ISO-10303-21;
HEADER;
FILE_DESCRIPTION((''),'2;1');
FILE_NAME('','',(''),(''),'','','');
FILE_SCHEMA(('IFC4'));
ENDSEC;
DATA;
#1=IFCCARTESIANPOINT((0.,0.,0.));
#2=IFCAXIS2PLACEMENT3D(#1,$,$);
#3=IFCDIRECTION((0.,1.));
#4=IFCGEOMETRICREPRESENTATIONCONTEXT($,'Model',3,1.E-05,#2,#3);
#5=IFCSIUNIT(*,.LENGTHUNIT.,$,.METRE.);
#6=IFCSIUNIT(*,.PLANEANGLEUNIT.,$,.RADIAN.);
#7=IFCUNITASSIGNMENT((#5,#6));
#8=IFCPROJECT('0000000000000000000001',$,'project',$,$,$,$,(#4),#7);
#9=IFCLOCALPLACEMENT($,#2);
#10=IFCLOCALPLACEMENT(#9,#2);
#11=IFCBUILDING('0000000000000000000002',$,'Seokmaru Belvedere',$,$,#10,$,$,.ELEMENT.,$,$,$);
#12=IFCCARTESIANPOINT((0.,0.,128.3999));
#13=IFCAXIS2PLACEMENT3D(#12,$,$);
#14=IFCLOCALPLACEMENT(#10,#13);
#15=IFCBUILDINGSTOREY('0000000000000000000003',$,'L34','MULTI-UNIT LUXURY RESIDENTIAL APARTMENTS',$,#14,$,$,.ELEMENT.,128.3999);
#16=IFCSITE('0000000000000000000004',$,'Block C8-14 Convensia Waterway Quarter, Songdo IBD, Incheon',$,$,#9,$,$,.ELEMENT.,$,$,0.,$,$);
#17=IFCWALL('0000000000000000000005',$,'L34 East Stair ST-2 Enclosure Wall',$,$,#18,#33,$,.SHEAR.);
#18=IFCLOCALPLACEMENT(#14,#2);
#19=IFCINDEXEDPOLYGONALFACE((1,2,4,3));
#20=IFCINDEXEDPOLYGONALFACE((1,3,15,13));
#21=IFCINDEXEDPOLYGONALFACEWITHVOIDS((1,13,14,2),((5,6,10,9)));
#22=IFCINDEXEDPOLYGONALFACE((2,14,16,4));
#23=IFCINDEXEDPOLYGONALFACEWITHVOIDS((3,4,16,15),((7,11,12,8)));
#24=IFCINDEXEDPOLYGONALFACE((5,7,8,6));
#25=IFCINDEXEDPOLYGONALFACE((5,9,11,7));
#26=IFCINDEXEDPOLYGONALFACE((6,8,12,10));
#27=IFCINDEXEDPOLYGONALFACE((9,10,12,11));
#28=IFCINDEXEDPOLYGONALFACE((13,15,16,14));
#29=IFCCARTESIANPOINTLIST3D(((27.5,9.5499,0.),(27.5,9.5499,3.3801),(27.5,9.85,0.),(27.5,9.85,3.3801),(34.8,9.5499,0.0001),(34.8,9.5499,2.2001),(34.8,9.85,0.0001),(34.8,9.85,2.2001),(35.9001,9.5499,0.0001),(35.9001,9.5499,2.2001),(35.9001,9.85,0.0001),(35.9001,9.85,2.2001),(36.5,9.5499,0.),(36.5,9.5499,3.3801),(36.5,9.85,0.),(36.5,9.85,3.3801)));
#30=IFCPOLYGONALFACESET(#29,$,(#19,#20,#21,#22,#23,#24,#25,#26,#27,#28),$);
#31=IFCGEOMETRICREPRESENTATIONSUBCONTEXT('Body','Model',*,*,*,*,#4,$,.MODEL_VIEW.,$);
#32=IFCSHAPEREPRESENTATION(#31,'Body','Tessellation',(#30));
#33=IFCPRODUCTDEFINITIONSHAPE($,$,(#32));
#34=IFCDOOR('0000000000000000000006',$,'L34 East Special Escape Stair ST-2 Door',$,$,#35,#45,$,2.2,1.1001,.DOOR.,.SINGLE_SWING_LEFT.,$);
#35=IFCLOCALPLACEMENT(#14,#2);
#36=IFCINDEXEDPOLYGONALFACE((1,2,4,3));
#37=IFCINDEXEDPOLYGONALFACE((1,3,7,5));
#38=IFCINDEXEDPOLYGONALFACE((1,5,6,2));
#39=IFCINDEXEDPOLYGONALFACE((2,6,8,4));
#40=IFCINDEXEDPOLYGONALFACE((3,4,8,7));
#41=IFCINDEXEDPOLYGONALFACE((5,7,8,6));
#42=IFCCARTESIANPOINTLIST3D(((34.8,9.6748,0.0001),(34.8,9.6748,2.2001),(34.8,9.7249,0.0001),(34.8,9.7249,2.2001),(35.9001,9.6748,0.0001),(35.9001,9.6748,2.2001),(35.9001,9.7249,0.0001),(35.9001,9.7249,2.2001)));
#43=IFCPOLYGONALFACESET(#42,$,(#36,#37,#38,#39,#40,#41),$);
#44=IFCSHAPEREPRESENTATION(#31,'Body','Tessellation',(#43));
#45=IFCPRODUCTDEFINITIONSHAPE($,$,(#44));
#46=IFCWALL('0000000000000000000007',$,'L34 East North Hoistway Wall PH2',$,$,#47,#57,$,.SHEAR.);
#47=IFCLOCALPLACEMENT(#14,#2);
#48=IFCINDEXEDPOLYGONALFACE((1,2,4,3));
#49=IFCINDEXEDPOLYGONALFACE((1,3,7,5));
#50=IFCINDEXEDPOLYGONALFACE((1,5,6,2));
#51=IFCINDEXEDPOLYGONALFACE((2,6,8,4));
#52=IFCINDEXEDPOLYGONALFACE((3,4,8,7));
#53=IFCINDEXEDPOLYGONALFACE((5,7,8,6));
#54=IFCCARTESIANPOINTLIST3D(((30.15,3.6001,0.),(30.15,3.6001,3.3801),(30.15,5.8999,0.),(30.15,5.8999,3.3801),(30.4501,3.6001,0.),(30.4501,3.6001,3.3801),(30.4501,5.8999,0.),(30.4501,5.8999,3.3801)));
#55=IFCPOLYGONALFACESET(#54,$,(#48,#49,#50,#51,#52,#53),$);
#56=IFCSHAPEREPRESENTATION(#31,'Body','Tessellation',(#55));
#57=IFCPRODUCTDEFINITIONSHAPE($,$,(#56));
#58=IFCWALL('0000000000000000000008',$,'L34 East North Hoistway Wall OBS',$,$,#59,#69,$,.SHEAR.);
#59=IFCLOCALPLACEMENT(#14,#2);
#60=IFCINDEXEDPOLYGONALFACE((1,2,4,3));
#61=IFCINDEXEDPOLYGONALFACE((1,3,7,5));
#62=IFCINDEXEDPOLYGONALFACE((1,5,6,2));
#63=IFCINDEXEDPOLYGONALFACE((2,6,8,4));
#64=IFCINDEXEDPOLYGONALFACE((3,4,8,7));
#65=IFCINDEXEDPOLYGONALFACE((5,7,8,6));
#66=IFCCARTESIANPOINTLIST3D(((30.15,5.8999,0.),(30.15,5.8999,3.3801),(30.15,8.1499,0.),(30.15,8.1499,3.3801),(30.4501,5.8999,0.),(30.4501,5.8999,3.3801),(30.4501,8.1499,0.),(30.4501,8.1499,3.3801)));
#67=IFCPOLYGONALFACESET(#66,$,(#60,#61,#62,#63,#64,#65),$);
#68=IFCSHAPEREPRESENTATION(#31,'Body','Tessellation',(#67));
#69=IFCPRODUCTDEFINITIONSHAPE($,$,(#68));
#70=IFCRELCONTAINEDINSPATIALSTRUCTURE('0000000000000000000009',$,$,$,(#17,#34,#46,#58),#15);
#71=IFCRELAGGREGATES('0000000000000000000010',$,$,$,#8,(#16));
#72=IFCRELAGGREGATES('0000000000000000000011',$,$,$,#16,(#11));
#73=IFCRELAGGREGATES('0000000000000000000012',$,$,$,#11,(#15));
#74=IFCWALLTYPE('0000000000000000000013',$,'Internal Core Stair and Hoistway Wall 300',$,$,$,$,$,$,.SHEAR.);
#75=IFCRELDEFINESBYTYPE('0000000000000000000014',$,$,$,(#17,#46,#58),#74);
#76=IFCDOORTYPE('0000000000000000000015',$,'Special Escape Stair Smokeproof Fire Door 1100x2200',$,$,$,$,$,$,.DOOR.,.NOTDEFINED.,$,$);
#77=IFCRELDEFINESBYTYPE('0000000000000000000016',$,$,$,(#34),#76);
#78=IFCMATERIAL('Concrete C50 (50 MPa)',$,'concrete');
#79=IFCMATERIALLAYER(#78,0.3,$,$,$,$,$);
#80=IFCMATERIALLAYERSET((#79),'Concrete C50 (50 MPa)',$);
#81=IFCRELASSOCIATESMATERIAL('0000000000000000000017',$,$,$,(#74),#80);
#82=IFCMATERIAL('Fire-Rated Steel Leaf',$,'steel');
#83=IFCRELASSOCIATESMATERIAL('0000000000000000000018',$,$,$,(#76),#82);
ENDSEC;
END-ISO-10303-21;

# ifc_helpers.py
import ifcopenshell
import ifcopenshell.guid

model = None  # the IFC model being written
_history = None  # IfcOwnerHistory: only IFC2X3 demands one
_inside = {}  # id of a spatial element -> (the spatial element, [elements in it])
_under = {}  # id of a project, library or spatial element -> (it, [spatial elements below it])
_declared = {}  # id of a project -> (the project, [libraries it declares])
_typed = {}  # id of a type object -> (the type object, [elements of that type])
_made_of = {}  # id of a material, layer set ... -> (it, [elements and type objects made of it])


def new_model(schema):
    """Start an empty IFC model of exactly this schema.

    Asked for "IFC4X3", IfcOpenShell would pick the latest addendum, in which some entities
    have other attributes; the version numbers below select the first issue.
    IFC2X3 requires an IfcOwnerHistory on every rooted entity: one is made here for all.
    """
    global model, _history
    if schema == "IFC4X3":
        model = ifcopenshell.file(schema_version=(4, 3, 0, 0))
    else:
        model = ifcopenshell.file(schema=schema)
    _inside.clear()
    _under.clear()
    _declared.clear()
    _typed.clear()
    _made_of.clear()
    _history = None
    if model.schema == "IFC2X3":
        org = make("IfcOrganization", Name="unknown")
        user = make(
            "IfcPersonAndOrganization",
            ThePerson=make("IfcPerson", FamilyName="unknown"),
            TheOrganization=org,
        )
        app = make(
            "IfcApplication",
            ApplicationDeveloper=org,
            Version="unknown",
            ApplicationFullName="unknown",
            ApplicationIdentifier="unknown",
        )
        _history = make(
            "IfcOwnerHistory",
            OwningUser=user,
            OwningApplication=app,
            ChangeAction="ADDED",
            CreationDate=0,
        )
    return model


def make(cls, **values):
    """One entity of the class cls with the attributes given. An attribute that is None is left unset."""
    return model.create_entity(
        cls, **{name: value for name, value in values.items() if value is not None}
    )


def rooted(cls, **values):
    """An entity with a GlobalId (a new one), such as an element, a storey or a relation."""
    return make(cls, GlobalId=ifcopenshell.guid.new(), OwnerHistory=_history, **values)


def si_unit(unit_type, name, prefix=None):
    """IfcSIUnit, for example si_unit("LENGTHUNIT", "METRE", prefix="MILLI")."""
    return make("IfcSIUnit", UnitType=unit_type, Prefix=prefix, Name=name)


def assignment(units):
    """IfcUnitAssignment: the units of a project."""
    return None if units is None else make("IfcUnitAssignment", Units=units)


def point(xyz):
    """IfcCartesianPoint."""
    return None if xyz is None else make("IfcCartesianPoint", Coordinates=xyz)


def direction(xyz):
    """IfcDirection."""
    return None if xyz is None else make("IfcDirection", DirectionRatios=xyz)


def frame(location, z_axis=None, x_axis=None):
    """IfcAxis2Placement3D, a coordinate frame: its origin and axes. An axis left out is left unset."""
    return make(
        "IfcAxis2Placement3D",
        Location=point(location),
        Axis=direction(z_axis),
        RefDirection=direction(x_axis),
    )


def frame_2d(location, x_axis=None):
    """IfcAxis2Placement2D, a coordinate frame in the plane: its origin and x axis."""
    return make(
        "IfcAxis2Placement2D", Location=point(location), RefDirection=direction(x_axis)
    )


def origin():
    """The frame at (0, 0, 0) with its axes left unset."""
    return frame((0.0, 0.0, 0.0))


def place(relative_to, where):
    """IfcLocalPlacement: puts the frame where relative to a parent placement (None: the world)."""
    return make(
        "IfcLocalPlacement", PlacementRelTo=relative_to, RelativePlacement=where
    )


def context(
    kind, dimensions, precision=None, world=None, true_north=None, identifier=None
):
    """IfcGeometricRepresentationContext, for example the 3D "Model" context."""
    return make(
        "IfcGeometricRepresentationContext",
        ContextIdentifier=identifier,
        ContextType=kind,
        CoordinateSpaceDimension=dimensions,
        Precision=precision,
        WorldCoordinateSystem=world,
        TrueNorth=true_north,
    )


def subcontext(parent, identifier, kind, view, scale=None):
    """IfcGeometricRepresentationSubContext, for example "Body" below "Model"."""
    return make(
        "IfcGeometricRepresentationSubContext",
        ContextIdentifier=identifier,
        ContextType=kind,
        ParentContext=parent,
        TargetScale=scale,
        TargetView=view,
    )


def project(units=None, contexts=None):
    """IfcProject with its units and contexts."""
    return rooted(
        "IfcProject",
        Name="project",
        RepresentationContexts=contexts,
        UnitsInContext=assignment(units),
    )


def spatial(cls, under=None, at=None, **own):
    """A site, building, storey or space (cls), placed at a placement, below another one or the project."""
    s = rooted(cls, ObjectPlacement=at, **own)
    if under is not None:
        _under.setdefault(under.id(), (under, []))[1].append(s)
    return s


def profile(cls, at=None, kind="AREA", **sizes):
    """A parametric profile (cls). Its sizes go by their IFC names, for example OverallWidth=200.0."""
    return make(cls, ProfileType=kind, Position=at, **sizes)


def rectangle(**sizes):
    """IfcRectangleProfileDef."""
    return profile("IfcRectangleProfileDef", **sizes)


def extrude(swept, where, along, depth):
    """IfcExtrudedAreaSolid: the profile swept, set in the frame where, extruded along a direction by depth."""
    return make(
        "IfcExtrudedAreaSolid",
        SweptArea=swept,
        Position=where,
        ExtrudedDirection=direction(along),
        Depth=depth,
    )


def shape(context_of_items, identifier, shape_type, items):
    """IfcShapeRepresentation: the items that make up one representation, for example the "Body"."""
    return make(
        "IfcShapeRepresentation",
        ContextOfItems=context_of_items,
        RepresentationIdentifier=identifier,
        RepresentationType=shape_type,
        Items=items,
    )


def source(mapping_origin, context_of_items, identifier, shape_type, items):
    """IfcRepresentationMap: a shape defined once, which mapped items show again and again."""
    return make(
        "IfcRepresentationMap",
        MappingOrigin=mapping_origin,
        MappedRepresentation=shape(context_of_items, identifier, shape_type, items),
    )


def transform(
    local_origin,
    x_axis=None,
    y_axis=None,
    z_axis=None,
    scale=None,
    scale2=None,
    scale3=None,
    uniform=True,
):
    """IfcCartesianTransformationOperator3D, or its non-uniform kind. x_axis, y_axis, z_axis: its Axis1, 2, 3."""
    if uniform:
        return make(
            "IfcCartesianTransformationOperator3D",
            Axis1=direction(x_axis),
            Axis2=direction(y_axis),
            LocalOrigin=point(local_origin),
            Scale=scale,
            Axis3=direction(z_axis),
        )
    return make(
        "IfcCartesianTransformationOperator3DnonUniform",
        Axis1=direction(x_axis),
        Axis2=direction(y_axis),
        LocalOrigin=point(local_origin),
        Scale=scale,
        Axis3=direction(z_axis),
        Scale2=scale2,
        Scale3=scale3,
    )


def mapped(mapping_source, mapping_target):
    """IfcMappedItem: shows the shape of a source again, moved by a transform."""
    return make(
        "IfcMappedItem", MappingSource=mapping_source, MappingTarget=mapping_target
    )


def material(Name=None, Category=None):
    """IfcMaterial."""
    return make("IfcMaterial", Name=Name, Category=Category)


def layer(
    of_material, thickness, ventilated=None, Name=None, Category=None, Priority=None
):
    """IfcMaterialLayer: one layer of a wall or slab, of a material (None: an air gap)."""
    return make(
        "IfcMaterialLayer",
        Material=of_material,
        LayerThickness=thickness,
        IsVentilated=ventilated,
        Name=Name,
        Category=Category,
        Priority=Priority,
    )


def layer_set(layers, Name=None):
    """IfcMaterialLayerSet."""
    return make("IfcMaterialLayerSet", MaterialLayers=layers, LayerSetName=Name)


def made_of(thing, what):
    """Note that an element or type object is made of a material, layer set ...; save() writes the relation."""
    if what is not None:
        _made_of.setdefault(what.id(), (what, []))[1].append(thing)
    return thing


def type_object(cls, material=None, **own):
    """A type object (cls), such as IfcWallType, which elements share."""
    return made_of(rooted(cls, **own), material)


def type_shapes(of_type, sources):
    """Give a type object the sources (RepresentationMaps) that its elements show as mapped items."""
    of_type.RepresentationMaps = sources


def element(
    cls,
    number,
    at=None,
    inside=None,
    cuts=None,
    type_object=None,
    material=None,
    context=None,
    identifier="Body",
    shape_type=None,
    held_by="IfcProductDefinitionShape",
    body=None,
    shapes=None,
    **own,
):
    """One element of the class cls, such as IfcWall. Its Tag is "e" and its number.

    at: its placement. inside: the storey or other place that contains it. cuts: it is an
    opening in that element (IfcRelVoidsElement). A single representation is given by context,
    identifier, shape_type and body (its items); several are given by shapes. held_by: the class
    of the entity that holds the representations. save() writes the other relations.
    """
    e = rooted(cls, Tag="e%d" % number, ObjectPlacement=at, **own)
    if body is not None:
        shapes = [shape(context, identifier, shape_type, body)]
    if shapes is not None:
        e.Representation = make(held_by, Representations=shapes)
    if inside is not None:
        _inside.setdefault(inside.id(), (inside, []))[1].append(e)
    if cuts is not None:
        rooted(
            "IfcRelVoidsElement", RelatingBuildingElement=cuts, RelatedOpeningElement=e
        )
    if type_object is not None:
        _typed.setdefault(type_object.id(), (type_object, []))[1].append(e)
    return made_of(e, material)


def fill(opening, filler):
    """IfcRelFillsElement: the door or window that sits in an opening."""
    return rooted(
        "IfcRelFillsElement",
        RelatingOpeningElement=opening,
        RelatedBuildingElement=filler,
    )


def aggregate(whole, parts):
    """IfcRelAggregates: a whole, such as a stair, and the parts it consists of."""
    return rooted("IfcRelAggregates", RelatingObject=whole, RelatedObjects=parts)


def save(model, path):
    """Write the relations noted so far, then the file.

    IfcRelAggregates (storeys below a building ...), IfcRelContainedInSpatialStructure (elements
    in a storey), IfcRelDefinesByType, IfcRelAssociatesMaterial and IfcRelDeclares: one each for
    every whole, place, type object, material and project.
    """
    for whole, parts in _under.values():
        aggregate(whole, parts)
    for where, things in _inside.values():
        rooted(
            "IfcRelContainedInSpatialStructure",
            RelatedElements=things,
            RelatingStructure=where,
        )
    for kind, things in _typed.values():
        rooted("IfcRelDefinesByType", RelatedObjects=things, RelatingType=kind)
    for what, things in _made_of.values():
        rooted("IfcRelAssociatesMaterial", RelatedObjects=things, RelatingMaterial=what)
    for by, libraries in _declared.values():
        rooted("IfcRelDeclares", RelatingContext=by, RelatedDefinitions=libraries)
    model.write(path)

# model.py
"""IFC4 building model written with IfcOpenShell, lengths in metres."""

from ifc_helpers import new_model, si_unit, direction, frame, frame_2d, origin, place, context, subcontext, project, spatial, rectangle, extrude, source, transform, mapped, material, layer, layer_set, type_object, type_shapes, element, fill, save


model = new_model("IFC4")

# Units and contexts
model_context = context("Model", 3, precision=1e-05, world=origin(), true_north=direction((0.0, 1.0)))
body_context = subcontext(model_context, "Body", "Model", "MODEL_VIEW")
ifc_project = project(units=[si_unit("LENGTHUNIT", "METRE"), si_unit("PLANEANGLEUNIT", "RADIAN")], contexts=[model_context])

# Site, building, storey
site_placement = place(None, origin())
site = spatial("IfcSite", under=ifc_project, at=site_placement, Name="Block C8-14 Convensia Waterway Quarter, Songdo IBD, Incheon", CompositionType="ELEMENT", RefElevation=0.0)
building_placement = place(site_placement, origin())
building = spatial("IfcBuilding", under=site, at=building_placement, Name="Seokmaru Belvedere", CompositionType="ELEMENT")
storey_placement = place(building_placement, frame((0.0, 0.0, 128.3999)))
storey = spatial("IfcBuildingStorey", under=building, at=storey_placement, Name="L34", Description="MULTI-UNIT LUXURY RESIDENTIAL APARTMENTS", CompositionType="ELEMENT", Elevation=128.3999)

# Shared definitions
ifc_material_1 = material(Name="Concrete C50 (50 MPa)", Category="concrete")

# Wall, opening, door
ifc_layer_1 = layer(ifc_material_1, 0.3)
ifc_layer_set_1 = layer_set([ifc_layer_1], Name="Concrete C50 (50 MPa)")
wall_type_1 = type_object("IfcWallType", Name="Internal Core Stair and Hoistway Wall 300", PredefinedType="SHEAR", material=ifc_layer_set_1)
wall_1_placement = place(storey_placement, frame((27.5, 9.7, 0.0), z_axis=(0.0, 0.0, 1.0), x_axis=(1.0, 0.0, 0.0)))
wall_1 = element("IfcWall", 1, at=wall_1_placement, inside=storey, type_object=wall_type_1, Name="L34 East Stair ST-2 Enclosure Wall", PredefinedType="SHEAR", context=body_context, shape_type="SweptSolid", body=[
    extrude(rectangle(XDim=9.0, YDim=0.3, at=frame_2d((4.5, 0.0))), origin(), (0.0, 0.0, 1.0), 3.3801),
])
opening_1_placement = place(wall_1_placement, frame((7.3, 0.0, 0.0)))
opening_1 = element("IfcOpeningElement", 2, at=opening_1_placement, cuts=wall_1, PredefinedType="OPENING", context=body_context, shape_type="SweptSolid", body=[
    extrude(rectangle(XDim=1.1001, YDim=2.2, at=frame_2d((0.55, 1.1001))), frame((0.0, 0.1602, 0.0), z_axis=(0.0, -1.0, 0.0), x_axis=(1.0, 0.0, 0.0)), (0.0, 0.0, 1.0), 0.3201),
])
ifc_material_2 = material(Name="Fire-Rated Steel Leaf", Category="steel")
door_type_1 = type_object("IfcDoorType", Name="Special Escape Stair Smokeproof Fire Door 1100x2200", OperationType="NOTDEFINED", PredefinedType="DOOR", material=ifc_material_2)
shared_shape_1 = source(origin(), body_context, "Body", "SweptSolid", [
    extrude(rectangle(XDim=1.1001, YDim=2.2, at=frame_2d((0.55, 1.1001))), frame((0.0, 0.0249, 0.0), z_axis=(0.0, -1.0, 0.0), x_axis=(1.0, 0.0, 0.0)), (0.0, 0.0, 1.0), 0.05),
])
type_shapes(door_type_1, [shared_shape_1])
door_1_placement = place(opening_1_placement, origin())
door_1 = element("IfcDoor", 3, at=door_1_placement, inside=storey, type_object=door_type_1, Name="L34 East Special Escape Stair ST-2 Door", OperationType="SINGLE_SWING_LEFT", OverallHeight=2.2, OverallWidth=1.1001, PredefinedType="DOOR", context=body_context, shape_type="MappedRepresentation", body=[
    mapped(shared_shape_1, transform((0.0, 0.0, 0.0), scale=1.0)),
])
fill(opening_1, door_1)

# Walls
wall_2_placement = place(storey_placement, frame((30.3, 3.6001, 0.0), z_axis=(0.0, 0.0, 1.0), x_axis=(0.0, 1.0, 0.0)))
element("IfcWall", 4, at=wall_2_placement, inside=storey, type_object=wall_type_1, Name="L34 East North Hoistway Wall PH2", PredefinedType="SHEAR", context=body_context, shape_type="SweptSolid", body=[
    extrude(rectangle(XDim=2.2998, YDim=0.3, at=frame_2d((1.1499, 0.0))), origin(), (0.0, 0.0, 1.0), 3.3801),
])
wall_3_placement = place(storey_placement, frame((30.3, 5.8999, 0.0), z_axis=(0.0, 0.0, 1.0), x_axis=(0.0, 1.0, 0.0)))
element("IfcWall", 5, at=wall_3_placement, inside=storey, type_object=wall_type_1, Name="L34 East North Hoistway Wall OBS", PredefinedType="SHEAR", context=body_context, shape_type="SweptSolid", body=[
    extrude(rectangle(XDim=2.25, YDim=0.3, at=frame_2d((1.125, 0.0))), origin(), (0.0, 0.0, 1.0), 3.3801),
])

save(model, "model.ifc")
